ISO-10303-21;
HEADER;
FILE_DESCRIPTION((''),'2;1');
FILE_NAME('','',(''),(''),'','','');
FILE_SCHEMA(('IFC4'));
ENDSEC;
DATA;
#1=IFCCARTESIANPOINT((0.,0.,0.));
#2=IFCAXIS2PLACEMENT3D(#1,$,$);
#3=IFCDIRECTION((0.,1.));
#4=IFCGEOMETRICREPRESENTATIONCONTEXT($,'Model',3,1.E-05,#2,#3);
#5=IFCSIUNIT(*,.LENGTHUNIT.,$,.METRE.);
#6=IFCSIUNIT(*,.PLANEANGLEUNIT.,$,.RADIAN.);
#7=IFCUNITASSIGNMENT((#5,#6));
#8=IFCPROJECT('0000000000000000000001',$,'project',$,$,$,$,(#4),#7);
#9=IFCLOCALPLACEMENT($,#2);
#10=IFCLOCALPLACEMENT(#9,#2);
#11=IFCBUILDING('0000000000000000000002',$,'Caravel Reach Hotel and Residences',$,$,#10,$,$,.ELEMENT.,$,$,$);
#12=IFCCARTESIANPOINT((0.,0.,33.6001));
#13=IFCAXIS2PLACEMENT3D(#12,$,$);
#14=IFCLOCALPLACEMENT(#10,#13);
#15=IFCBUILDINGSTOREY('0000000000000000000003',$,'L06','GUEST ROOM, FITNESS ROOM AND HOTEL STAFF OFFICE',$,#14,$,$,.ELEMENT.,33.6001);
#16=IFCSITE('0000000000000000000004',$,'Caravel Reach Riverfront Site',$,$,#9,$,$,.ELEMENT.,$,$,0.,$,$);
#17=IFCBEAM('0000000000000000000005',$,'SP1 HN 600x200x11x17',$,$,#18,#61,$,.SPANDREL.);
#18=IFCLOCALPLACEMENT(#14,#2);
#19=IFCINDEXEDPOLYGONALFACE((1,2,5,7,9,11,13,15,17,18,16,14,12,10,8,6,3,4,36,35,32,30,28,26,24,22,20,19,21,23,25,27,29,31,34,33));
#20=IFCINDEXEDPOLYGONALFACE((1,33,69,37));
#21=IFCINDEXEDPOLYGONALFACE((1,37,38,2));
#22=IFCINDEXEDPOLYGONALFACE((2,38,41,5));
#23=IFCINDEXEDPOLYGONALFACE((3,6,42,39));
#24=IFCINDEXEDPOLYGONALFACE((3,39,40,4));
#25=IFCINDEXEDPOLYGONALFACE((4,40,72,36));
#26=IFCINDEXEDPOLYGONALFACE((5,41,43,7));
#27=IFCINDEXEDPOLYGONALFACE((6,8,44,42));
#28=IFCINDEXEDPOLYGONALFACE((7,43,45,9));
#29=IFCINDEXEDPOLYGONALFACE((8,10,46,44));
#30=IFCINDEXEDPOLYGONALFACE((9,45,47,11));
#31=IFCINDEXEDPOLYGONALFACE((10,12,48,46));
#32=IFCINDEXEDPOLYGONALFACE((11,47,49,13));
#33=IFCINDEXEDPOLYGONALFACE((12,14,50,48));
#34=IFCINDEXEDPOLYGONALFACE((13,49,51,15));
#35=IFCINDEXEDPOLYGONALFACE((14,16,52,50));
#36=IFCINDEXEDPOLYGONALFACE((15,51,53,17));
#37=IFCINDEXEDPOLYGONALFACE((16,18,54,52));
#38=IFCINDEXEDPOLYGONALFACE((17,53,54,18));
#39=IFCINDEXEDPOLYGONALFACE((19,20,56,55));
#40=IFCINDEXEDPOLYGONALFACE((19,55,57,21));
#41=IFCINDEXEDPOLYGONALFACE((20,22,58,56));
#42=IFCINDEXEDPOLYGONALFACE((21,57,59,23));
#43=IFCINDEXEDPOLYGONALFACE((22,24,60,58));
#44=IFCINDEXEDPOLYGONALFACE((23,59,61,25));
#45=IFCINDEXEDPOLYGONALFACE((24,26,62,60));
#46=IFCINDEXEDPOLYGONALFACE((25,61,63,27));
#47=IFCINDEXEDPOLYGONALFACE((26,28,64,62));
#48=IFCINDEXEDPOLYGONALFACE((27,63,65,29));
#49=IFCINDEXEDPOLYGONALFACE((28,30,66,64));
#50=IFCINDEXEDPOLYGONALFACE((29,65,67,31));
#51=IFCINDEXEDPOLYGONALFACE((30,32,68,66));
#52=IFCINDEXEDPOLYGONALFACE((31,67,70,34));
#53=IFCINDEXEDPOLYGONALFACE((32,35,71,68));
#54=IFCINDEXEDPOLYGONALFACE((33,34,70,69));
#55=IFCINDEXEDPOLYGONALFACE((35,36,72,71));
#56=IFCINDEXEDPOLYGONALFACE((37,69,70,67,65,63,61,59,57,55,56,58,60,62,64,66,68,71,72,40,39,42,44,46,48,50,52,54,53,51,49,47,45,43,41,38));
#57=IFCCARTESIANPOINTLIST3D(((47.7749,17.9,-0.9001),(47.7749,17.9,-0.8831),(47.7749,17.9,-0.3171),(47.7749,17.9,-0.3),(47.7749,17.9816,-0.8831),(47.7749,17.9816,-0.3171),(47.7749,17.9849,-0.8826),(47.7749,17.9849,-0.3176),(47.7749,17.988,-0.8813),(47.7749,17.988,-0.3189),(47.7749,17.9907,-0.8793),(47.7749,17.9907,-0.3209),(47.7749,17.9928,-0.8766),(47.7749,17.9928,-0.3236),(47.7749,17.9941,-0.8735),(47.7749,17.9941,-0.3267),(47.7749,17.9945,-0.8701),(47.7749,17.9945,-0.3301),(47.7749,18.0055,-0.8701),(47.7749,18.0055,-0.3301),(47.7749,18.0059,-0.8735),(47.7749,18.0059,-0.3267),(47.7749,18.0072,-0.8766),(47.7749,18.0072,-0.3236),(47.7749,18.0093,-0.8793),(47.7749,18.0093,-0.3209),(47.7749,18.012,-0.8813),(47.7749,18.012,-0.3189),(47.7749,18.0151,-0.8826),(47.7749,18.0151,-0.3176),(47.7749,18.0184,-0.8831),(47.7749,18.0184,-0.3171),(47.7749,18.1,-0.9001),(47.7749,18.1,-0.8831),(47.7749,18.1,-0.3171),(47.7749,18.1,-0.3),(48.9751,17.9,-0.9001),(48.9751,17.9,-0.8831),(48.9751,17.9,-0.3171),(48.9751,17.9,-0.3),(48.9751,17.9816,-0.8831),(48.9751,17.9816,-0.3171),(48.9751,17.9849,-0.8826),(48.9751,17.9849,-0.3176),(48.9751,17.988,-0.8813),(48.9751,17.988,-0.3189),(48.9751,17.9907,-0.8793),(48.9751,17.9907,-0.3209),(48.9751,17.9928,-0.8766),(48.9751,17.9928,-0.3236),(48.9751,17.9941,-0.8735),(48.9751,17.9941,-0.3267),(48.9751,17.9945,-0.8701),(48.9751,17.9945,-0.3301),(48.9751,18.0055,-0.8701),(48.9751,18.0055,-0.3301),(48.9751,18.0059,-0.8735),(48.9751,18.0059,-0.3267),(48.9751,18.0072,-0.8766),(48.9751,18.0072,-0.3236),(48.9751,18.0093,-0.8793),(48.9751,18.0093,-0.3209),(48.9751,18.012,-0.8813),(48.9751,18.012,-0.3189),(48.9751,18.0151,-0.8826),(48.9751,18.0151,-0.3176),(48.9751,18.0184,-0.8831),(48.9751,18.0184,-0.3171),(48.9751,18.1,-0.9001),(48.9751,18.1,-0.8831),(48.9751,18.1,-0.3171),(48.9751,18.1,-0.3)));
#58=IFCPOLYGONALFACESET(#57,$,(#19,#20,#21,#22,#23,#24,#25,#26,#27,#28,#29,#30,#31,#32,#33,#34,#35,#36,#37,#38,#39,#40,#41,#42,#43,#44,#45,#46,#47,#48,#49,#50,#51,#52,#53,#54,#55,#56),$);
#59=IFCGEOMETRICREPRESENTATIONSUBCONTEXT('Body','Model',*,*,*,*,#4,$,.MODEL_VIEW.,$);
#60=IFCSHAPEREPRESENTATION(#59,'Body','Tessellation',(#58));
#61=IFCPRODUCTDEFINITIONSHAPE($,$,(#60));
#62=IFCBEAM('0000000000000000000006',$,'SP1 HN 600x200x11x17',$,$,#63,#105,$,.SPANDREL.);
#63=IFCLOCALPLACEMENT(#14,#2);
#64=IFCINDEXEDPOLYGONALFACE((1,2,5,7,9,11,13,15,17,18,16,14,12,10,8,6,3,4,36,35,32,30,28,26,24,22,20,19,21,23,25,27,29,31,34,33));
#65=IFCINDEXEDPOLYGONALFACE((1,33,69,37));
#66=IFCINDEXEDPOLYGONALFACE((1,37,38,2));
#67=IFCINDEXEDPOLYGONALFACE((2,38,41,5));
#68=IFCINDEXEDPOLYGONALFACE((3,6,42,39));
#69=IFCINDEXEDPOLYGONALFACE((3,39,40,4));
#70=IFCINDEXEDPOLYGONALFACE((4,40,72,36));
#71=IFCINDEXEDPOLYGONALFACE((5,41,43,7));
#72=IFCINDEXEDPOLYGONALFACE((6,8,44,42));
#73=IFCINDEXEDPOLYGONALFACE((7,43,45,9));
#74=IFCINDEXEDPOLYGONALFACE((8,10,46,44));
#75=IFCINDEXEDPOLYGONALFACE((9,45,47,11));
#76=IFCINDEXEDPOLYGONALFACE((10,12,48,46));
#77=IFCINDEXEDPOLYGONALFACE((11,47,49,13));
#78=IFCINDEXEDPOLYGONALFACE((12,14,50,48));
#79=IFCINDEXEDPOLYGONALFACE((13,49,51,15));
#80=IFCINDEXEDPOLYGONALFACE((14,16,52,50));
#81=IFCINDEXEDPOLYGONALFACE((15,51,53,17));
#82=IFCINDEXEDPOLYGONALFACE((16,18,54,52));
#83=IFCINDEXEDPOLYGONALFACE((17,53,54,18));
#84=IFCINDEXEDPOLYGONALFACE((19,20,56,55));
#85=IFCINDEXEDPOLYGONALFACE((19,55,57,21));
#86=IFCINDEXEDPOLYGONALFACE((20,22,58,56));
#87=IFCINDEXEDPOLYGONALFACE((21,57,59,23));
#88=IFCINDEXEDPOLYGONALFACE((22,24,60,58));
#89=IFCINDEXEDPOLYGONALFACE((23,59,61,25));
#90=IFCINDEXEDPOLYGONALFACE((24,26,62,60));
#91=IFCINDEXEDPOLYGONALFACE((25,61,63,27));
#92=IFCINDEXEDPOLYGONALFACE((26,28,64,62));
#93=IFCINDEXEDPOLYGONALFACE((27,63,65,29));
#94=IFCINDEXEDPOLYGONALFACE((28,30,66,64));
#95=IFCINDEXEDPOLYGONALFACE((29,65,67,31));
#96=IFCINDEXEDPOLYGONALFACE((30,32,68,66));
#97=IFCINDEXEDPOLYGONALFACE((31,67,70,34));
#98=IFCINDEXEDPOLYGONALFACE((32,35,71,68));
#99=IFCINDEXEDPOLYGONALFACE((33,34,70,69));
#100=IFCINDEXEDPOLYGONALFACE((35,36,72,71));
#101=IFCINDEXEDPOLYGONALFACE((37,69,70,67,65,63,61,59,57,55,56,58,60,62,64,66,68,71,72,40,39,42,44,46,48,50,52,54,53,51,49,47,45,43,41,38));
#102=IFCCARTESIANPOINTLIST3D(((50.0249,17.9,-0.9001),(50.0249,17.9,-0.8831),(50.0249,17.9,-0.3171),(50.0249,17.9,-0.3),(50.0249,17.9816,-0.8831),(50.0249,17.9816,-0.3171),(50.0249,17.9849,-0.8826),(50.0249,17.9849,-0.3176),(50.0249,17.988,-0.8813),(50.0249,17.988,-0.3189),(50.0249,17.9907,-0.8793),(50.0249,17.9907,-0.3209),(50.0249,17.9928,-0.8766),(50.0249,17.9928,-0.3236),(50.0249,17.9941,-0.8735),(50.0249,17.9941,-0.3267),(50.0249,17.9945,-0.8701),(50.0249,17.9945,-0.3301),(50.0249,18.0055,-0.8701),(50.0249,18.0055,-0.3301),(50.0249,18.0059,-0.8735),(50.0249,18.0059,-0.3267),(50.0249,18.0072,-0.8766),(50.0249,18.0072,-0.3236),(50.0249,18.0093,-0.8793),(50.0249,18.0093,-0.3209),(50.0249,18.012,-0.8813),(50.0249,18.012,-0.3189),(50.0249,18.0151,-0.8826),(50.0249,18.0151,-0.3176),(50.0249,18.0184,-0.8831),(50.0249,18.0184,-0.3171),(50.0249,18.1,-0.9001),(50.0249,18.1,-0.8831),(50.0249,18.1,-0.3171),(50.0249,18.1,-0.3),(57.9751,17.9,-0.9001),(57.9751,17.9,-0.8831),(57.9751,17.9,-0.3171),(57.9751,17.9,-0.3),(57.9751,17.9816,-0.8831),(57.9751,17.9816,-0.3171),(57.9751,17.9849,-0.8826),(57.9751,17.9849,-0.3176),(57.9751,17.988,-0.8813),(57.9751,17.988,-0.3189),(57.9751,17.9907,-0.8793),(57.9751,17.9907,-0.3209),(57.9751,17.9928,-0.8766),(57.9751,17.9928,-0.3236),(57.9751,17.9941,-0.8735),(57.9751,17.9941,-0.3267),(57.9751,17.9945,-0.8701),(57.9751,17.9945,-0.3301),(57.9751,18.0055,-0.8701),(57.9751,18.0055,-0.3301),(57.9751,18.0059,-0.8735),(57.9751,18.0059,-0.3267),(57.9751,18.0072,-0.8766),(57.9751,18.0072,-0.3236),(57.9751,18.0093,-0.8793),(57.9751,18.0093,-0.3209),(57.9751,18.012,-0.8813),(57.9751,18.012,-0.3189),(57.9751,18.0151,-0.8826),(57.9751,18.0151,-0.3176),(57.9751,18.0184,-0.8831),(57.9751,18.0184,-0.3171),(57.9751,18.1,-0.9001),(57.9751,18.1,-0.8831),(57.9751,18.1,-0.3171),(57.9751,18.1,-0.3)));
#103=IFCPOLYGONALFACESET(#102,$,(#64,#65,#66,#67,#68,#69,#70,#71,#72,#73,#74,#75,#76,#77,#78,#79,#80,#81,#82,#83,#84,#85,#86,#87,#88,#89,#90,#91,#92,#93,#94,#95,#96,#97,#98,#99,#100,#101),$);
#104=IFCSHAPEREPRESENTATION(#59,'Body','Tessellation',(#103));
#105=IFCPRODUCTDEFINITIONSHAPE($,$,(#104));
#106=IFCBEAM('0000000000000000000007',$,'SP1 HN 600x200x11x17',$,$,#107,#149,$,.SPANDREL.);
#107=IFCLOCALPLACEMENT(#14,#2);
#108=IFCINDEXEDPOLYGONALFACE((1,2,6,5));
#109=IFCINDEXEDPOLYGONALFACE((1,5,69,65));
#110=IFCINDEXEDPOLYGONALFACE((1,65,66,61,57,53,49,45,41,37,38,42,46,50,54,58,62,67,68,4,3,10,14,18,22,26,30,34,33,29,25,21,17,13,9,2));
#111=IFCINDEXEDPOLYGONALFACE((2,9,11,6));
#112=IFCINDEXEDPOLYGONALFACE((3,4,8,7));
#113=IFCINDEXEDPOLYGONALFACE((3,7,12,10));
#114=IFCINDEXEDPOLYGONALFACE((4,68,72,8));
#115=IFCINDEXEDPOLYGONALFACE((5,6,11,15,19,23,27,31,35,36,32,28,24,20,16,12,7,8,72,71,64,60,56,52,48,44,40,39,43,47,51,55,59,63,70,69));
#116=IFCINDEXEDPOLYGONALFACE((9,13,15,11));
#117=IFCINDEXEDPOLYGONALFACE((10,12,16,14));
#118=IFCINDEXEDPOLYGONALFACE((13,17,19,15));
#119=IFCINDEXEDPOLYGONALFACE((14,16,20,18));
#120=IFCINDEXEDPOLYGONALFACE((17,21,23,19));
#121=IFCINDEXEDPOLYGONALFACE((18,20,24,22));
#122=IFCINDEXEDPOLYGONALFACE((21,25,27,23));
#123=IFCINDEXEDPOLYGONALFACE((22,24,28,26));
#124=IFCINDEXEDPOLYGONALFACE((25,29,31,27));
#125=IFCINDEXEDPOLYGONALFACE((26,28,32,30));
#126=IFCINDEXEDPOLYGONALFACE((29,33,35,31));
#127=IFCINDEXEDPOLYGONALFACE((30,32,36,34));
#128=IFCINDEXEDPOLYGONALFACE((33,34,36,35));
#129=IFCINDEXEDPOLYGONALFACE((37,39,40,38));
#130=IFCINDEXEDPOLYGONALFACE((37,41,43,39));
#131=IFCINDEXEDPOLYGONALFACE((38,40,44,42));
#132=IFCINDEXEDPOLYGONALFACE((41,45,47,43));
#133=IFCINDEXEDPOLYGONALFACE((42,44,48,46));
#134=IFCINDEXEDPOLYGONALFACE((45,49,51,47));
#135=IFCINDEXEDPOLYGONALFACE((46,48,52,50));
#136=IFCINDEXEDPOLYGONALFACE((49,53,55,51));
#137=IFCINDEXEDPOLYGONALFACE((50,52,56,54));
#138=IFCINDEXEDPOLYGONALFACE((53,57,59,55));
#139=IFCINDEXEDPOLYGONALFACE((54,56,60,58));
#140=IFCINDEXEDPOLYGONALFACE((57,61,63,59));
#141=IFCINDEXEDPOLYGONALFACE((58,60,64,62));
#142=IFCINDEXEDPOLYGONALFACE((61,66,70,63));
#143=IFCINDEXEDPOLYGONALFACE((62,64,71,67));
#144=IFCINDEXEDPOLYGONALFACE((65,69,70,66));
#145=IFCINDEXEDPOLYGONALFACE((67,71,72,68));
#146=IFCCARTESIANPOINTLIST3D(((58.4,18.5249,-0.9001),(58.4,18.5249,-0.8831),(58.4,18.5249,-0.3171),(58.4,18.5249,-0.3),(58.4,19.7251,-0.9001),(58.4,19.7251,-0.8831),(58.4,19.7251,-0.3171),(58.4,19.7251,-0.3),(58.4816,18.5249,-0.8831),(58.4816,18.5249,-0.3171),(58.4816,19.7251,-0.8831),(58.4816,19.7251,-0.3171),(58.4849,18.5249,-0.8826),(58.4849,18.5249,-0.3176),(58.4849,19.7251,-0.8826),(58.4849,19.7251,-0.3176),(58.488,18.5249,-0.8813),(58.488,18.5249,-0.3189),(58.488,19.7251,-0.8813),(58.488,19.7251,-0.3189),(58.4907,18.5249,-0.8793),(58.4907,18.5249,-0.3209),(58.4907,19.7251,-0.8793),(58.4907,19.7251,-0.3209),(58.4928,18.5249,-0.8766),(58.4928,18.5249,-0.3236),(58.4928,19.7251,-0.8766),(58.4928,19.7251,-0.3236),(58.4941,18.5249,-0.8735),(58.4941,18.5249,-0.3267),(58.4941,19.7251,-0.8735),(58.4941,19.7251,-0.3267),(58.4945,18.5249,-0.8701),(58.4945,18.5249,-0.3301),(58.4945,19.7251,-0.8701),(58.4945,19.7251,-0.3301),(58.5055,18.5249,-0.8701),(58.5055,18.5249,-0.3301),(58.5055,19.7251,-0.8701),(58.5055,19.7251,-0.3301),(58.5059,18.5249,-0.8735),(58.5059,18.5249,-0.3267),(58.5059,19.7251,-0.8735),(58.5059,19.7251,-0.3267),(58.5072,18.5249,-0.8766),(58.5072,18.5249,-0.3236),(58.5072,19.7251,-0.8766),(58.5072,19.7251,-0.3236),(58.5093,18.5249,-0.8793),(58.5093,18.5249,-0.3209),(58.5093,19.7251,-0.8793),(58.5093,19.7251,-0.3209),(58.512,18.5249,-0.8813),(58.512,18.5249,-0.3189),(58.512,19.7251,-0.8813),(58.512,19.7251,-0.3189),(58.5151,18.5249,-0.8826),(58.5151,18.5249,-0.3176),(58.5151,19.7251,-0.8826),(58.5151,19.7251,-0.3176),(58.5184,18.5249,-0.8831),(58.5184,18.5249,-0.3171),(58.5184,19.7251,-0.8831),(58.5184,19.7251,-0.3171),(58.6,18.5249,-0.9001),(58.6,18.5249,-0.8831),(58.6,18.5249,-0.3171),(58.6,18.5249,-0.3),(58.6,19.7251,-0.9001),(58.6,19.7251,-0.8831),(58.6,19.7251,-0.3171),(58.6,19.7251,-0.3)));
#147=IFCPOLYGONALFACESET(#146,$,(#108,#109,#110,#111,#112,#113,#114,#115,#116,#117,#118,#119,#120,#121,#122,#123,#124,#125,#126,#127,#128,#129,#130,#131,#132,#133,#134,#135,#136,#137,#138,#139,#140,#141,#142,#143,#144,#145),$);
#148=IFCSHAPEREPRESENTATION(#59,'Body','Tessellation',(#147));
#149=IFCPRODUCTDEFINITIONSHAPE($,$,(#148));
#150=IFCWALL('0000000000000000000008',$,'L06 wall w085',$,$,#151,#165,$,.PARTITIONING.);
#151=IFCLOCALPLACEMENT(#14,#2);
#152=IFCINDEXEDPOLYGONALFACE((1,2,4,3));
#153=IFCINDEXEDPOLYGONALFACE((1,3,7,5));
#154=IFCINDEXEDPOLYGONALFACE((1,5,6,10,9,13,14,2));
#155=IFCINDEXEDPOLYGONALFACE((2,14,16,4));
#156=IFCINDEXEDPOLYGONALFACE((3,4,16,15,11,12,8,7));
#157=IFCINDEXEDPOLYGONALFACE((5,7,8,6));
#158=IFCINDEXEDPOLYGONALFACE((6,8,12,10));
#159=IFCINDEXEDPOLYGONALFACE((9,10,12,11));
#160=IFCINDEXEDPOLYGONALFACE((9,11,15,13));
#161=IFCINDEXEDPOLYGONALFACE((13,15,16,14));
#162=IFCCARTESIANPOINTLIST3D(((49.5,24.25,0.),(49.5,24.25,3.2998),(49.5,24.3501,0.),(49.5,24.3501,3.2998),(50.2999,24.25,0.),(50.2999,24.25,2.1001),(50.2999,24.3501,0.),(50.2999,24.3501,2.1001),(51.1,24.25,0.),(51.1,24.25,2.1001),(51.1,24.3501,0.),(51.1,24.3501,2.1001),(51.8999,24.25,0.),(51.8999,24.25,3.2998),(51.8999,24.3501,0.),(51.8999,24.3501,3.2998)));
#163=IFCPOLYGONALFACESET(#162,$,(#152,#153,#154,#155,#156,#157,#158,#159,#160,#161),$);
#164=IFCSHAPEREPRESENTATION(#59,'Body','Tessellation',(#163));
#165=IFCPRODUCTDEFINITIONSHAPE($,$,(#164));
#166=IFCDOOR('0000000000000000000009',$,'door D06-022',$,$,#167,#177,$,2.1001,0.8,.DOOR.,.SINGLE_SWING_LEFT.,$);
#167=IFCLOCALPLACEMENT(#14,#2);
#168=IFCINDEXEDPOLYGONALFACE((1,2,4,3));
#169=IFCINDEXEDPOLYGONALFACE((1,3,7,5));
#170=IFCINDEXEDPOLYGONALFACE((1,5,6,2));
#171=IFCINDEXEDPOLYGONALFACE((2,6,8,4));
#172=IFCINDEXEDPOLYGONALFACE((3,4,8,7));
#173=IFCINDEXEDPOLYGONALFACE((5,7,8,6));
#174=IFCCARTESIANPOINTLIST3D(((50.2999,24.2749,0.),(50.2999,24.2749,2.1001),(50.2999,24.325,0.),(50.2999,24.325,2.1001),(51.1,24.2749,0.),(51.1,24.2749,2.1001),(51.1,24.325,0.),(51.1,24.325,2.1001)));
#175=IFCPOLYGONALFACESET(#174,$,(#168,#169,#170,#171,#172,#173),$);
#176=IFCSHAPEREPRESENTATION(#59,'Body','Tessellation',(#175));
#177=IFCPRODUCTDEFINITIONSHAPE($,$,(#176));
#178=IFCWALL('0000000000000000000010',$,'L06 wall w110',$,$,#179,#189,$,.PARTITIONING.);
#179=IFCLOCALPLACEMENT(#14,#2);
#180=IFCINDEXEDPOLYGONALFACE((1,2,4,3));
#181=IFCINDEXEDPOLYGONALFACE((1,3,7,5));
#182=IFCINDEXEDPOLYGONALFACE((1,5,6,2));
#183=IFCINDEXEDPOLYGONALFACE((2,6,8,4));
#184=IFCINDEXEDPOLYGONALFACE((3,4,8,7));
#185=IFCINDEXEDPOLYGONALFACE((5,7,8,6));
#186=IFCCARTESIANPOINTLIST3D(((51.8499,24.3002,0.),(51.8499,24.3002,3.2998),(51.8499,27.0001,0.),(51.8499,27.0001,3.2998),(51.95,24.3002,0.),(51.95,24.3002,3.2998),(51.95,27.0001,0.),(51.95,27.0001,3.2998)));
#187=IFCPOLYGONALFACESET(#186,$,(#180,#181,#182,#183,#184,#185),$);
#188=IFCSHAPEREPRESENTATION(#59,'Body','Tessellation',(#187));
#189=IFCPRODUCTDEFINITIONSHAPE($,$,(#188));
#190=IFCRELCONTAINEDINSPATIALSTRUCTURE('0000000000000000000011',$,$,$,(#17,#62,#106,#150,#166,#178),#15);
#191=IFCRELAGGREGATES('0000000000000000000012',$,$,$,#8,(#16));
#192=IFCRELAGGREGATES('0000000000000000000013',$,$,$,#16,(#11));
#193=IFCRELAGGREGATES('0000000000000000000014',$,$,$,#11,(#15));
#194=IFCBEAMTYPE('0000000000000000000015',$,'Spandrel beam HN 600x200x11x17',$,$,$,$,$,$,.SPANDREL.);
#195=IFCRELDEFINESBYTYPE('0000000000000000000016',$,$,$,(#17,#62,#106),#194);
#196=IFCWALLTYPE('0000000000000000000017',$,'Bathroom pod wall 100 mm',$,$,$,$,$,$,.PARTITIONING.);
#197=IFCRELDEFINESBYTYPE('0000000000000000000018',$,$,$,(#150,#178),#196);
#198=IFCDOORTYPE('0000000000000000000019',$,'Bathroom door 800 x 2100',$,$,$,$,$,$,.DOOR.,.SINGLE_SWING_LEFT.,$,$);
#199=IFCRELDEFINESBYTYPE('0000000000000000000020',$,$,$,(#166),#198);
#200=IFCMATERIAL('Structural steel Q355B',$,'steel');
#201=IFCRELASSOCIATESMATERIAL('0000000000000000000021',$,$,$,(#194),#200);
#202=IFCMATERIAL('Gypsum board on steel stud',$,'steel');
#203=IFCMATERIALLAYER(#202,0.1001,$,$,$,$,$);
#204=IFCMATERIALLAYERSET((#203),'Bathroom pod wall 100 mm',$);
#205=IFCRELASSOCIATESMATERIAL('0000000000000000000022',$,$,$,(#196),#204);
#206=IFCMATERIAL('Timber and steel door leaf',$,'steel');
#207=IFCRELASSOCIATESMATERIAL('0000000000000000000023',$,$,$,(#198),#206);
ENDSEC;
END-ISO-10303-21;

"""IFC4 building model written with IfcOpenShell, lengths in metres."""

from ifc_helpers import new_model, si_unit, direction, frame, frame_2d, origin, origin_2d, place, context, subcontext, project, spatial, rectangle, i_section, extrude, material, layer, layer_set, material_profile, profile_set, type_object, element, fill, save


model = new_model("IFC4")

# Units and contexts
model_context = context("Model", 3, precision=1e-05, world=origin(), true_north=direction((0.0, 1.0)))
body_context = subcontext(model_context, "Body", "Model", "MODEL_VIEW")
ifc_project = project(units=[si_unit("LENGTHUNIT", "METRE"), si_unit("PLANEANGLEUNIT", "RADIAN")], contexts=[model_context])

# Site, building, storey
site_placement = place(None, origin())
site = spatial("IfcSite", under=ifc_project, at=site_placement, Name="Caravel Reach Riverfront Site", CompositionType="ELEMENT", RefElevation=0.0)
building_placement = place(site_placement, origin())
building = spatial("IfcBuilding", under=site, at=building_placement, Name="Caravel Reach Hotel and Residences", CompositionType="ELEMENT")
storey_placement = place(building_placement, frame((0.0, 0.0, 33.6001)))
storey = spatial("IfcBuildingStorey", under=building, at=storey_placement, Name="L06", Description="GUEST ROOM, FITNESS ROOM AND HOTEL STAFF OFFICE", CompositionType="ELEMENT", Elevation=33.6001)

# Beams
ifc_material_1 = material(Name="Structural steel Q355B", Category="steel")
ifc_material_profile_1 = material_profile(ifc_material_1, i_section(OverallWidth=0.2, OverallDepth=0.6001, WebThickness=0.011, FlangeThickness=0.0171, FilletRadius=0.0129, at=origin_2d()), Name="HN 600x200x11x17")
ifc_profile_set_1 = profile_set([ifc_material_profile_1], Name="Structural steel Q355B")
beam_type_1 = type_object("IfcBeamType", Name="Spandrel beam HN 600x200x11x17", PredefinedType="SPANDREL", material=ifc_profile_set_1)
beam_1_placement = place(storey_placement, frame((47.7749, 18.0, -0.6001), z_axis=(1.0, 0.0, 0.0), x_axis=(0.0, 1.0, 0.0)))
element("IfcBeam", 1, at=beam_1_placement, inside=storey, type_object=beam_type_1, Name="SP1 HN 600x200x11x17", PredefinedType="SPANDREL", context=body_context, shape_type="SweptSolid", body=[
    extrude(i_section(OverallWidth=0.2, OverallDepth=0.6001, WebThickness=0.011, FlangeThickness=0.0171, FilletRadius=0.0129, at=origin_2d()), origin(), (0.0, 0.0, 1.0), 1.2002),
])
beam_2_placement = place(storey_placement, frame((50.0249, 18.0, -0.6001), z_axis=(1.0, 0.0, 0.0), x_axis=(0.0, 1.0, 0.0)))
element("IfcBeam", 2, at=beam_2_placement, inside=storey, type_object=beam_type_1, Name="SP1 HN 600x200x11x17", PredefinedType="SPANDREL", context=body_context, shape_type="SweptSolid", body=[
    extrude(i_section(OverallWidth=0.2, OverallDepth=0.6001, WebThickness=0.011, FlangeThickness=0.0171, FilletRadius=0.0129, at=origin_2d()), origin(), (0.0, 0.0, 1.0), 7.9502),
])
beam_3_placement = place(storey_placement, frame((58.5, 18.5249, -0.6001), z_axis=(0.0, 1.0, 0.0), x_axis=(-1.0, 0.0, 0.0)))
element("IfcBeam", 3, at=beam_3_placement, inside=storey, type_object=beam_type_1, Name="SP1 HN 600x200x11x17", PredefinedType="SPANDREL", context=body_context, shape_type="SweptSolid", body=[
    extrude(i_section(OverallWidth=0.2, OverallDepth=0.6001, WebThickness=0.011, FlangeThickness=0.0171, FilletRadius=0.0129, at=origin_2d()), origin(), (0.0, 0.0, 1.0), 1.2002),
])

# Wall, opening, door
ifc_material_2 = material(Name="Gypsum board on steel stud", Category="steel")
ifc_layer_1 = layer(ifc_material_2, 0.1001)
ifc_layer_set_1 = layer_set([ifc_layer_1], Name="Bathroom pod wall 100 mm")
wall_type_1 = type_object("IfcWallType", Name="Bathroom pod wall 100 mm", PredefinedType="PARTITIONING", material=ifc_layer_set_1)
wall_1_placement = place(storey_placement, frame((49.5, 24.3, 0.0), z_axis=(0.0, 0.0, 1.0), x_axis=(1.0, 0.0, 0.0)))
wall_1 = element("IfcWall", 4, at=wall_1_placement, inside=storey, type_object=wall_type_1, Name="L06 wall w085", PredefinedType="PARTITIONING", context=body_context, shape_type="SweptSolid", body=[
    extrude(rectangle(XDim=2.3999, YDim=0.1001, at=frame_2d((1.2, 0.0))), origin(), (0.0, 0.0, 1.0), 3.2998),
])
opening_1_placement = place(wall_1_placement, frame((0.8, 0.0, 0.0)))
opening_1 = element("IfcOpeningElement", 5, at=opening_1_placement, cuts=wall_1, PredefinedType="OPENING", context=body_context, shape_type="SweptSolid", body=[
    extrude(rectangle(XDim=0.8, YDim=2.1001, at=frame_2d((0.3999, 1.05))), frame((0.0, 0.0601, 0.0), z_axis=(0.0, -1.0, 0.0), x_axis=(1.0, 0.0, 0.0)), (0.0, 0.0, 1.0), 0.1201),
])
ifc_material_3 = material(Name="Timber and steel door leaf", Category="steel")
door_type_1 = type_object("IfcDoorType", Name="Bathroom door 800 x 2100", OperationType="SINGLE_SWING_LEFT", PredefinedType="DOOR", material=ifc_material_3)
door_1_placement = place(opening_1_placement, origin())
door_1 = element("IfcDoor", 6, at=door_1_placement, inside=storey, type_object=door_type_1, Name="door D06-022", OperationType="SINGLE_SWING_LEFT", OverallHeight=2.1001, OverallWidth=0.8, PredefinedType="DOOR", context=body_context, shape_type="SweptSolid", body=[
    extrude(rectangle(XDim=0.8, YDim=2.1001, at=frame_2d((0.3999, 1.05))), frame((0.0, 0.0249, 0.0), z_axis=(0.0, -1.0, 0.0), x_axis=(1.0, 0.0, 0.0)), (0.0, 0.0, 1.0), 0.05),
])
fill(opening_1, door_1)

# Wall
wall_2_placement = place(storey_placement, frame((51.8999, 24.3, 0.0), z_axis=(0.0, 0.0, 1.0), x_axis=(0.0, 1.0, 0.0)))
element("IfcWall", 7, at=wall_2_placement, inside=storey, type_object=wall_type_1, Name="L06 wall w110", PredefinedType="PARTITIONING", context=body_context, shape_type="SweptSolid", body=[
    extrude(rectangle(XDim=2.7, YDim=0.1001, at=frame_2d((1.3501, 0.0))), origin(), (0.0, 0.0, 1.0), 3.2998),
])

save(model, "model.ifc")
